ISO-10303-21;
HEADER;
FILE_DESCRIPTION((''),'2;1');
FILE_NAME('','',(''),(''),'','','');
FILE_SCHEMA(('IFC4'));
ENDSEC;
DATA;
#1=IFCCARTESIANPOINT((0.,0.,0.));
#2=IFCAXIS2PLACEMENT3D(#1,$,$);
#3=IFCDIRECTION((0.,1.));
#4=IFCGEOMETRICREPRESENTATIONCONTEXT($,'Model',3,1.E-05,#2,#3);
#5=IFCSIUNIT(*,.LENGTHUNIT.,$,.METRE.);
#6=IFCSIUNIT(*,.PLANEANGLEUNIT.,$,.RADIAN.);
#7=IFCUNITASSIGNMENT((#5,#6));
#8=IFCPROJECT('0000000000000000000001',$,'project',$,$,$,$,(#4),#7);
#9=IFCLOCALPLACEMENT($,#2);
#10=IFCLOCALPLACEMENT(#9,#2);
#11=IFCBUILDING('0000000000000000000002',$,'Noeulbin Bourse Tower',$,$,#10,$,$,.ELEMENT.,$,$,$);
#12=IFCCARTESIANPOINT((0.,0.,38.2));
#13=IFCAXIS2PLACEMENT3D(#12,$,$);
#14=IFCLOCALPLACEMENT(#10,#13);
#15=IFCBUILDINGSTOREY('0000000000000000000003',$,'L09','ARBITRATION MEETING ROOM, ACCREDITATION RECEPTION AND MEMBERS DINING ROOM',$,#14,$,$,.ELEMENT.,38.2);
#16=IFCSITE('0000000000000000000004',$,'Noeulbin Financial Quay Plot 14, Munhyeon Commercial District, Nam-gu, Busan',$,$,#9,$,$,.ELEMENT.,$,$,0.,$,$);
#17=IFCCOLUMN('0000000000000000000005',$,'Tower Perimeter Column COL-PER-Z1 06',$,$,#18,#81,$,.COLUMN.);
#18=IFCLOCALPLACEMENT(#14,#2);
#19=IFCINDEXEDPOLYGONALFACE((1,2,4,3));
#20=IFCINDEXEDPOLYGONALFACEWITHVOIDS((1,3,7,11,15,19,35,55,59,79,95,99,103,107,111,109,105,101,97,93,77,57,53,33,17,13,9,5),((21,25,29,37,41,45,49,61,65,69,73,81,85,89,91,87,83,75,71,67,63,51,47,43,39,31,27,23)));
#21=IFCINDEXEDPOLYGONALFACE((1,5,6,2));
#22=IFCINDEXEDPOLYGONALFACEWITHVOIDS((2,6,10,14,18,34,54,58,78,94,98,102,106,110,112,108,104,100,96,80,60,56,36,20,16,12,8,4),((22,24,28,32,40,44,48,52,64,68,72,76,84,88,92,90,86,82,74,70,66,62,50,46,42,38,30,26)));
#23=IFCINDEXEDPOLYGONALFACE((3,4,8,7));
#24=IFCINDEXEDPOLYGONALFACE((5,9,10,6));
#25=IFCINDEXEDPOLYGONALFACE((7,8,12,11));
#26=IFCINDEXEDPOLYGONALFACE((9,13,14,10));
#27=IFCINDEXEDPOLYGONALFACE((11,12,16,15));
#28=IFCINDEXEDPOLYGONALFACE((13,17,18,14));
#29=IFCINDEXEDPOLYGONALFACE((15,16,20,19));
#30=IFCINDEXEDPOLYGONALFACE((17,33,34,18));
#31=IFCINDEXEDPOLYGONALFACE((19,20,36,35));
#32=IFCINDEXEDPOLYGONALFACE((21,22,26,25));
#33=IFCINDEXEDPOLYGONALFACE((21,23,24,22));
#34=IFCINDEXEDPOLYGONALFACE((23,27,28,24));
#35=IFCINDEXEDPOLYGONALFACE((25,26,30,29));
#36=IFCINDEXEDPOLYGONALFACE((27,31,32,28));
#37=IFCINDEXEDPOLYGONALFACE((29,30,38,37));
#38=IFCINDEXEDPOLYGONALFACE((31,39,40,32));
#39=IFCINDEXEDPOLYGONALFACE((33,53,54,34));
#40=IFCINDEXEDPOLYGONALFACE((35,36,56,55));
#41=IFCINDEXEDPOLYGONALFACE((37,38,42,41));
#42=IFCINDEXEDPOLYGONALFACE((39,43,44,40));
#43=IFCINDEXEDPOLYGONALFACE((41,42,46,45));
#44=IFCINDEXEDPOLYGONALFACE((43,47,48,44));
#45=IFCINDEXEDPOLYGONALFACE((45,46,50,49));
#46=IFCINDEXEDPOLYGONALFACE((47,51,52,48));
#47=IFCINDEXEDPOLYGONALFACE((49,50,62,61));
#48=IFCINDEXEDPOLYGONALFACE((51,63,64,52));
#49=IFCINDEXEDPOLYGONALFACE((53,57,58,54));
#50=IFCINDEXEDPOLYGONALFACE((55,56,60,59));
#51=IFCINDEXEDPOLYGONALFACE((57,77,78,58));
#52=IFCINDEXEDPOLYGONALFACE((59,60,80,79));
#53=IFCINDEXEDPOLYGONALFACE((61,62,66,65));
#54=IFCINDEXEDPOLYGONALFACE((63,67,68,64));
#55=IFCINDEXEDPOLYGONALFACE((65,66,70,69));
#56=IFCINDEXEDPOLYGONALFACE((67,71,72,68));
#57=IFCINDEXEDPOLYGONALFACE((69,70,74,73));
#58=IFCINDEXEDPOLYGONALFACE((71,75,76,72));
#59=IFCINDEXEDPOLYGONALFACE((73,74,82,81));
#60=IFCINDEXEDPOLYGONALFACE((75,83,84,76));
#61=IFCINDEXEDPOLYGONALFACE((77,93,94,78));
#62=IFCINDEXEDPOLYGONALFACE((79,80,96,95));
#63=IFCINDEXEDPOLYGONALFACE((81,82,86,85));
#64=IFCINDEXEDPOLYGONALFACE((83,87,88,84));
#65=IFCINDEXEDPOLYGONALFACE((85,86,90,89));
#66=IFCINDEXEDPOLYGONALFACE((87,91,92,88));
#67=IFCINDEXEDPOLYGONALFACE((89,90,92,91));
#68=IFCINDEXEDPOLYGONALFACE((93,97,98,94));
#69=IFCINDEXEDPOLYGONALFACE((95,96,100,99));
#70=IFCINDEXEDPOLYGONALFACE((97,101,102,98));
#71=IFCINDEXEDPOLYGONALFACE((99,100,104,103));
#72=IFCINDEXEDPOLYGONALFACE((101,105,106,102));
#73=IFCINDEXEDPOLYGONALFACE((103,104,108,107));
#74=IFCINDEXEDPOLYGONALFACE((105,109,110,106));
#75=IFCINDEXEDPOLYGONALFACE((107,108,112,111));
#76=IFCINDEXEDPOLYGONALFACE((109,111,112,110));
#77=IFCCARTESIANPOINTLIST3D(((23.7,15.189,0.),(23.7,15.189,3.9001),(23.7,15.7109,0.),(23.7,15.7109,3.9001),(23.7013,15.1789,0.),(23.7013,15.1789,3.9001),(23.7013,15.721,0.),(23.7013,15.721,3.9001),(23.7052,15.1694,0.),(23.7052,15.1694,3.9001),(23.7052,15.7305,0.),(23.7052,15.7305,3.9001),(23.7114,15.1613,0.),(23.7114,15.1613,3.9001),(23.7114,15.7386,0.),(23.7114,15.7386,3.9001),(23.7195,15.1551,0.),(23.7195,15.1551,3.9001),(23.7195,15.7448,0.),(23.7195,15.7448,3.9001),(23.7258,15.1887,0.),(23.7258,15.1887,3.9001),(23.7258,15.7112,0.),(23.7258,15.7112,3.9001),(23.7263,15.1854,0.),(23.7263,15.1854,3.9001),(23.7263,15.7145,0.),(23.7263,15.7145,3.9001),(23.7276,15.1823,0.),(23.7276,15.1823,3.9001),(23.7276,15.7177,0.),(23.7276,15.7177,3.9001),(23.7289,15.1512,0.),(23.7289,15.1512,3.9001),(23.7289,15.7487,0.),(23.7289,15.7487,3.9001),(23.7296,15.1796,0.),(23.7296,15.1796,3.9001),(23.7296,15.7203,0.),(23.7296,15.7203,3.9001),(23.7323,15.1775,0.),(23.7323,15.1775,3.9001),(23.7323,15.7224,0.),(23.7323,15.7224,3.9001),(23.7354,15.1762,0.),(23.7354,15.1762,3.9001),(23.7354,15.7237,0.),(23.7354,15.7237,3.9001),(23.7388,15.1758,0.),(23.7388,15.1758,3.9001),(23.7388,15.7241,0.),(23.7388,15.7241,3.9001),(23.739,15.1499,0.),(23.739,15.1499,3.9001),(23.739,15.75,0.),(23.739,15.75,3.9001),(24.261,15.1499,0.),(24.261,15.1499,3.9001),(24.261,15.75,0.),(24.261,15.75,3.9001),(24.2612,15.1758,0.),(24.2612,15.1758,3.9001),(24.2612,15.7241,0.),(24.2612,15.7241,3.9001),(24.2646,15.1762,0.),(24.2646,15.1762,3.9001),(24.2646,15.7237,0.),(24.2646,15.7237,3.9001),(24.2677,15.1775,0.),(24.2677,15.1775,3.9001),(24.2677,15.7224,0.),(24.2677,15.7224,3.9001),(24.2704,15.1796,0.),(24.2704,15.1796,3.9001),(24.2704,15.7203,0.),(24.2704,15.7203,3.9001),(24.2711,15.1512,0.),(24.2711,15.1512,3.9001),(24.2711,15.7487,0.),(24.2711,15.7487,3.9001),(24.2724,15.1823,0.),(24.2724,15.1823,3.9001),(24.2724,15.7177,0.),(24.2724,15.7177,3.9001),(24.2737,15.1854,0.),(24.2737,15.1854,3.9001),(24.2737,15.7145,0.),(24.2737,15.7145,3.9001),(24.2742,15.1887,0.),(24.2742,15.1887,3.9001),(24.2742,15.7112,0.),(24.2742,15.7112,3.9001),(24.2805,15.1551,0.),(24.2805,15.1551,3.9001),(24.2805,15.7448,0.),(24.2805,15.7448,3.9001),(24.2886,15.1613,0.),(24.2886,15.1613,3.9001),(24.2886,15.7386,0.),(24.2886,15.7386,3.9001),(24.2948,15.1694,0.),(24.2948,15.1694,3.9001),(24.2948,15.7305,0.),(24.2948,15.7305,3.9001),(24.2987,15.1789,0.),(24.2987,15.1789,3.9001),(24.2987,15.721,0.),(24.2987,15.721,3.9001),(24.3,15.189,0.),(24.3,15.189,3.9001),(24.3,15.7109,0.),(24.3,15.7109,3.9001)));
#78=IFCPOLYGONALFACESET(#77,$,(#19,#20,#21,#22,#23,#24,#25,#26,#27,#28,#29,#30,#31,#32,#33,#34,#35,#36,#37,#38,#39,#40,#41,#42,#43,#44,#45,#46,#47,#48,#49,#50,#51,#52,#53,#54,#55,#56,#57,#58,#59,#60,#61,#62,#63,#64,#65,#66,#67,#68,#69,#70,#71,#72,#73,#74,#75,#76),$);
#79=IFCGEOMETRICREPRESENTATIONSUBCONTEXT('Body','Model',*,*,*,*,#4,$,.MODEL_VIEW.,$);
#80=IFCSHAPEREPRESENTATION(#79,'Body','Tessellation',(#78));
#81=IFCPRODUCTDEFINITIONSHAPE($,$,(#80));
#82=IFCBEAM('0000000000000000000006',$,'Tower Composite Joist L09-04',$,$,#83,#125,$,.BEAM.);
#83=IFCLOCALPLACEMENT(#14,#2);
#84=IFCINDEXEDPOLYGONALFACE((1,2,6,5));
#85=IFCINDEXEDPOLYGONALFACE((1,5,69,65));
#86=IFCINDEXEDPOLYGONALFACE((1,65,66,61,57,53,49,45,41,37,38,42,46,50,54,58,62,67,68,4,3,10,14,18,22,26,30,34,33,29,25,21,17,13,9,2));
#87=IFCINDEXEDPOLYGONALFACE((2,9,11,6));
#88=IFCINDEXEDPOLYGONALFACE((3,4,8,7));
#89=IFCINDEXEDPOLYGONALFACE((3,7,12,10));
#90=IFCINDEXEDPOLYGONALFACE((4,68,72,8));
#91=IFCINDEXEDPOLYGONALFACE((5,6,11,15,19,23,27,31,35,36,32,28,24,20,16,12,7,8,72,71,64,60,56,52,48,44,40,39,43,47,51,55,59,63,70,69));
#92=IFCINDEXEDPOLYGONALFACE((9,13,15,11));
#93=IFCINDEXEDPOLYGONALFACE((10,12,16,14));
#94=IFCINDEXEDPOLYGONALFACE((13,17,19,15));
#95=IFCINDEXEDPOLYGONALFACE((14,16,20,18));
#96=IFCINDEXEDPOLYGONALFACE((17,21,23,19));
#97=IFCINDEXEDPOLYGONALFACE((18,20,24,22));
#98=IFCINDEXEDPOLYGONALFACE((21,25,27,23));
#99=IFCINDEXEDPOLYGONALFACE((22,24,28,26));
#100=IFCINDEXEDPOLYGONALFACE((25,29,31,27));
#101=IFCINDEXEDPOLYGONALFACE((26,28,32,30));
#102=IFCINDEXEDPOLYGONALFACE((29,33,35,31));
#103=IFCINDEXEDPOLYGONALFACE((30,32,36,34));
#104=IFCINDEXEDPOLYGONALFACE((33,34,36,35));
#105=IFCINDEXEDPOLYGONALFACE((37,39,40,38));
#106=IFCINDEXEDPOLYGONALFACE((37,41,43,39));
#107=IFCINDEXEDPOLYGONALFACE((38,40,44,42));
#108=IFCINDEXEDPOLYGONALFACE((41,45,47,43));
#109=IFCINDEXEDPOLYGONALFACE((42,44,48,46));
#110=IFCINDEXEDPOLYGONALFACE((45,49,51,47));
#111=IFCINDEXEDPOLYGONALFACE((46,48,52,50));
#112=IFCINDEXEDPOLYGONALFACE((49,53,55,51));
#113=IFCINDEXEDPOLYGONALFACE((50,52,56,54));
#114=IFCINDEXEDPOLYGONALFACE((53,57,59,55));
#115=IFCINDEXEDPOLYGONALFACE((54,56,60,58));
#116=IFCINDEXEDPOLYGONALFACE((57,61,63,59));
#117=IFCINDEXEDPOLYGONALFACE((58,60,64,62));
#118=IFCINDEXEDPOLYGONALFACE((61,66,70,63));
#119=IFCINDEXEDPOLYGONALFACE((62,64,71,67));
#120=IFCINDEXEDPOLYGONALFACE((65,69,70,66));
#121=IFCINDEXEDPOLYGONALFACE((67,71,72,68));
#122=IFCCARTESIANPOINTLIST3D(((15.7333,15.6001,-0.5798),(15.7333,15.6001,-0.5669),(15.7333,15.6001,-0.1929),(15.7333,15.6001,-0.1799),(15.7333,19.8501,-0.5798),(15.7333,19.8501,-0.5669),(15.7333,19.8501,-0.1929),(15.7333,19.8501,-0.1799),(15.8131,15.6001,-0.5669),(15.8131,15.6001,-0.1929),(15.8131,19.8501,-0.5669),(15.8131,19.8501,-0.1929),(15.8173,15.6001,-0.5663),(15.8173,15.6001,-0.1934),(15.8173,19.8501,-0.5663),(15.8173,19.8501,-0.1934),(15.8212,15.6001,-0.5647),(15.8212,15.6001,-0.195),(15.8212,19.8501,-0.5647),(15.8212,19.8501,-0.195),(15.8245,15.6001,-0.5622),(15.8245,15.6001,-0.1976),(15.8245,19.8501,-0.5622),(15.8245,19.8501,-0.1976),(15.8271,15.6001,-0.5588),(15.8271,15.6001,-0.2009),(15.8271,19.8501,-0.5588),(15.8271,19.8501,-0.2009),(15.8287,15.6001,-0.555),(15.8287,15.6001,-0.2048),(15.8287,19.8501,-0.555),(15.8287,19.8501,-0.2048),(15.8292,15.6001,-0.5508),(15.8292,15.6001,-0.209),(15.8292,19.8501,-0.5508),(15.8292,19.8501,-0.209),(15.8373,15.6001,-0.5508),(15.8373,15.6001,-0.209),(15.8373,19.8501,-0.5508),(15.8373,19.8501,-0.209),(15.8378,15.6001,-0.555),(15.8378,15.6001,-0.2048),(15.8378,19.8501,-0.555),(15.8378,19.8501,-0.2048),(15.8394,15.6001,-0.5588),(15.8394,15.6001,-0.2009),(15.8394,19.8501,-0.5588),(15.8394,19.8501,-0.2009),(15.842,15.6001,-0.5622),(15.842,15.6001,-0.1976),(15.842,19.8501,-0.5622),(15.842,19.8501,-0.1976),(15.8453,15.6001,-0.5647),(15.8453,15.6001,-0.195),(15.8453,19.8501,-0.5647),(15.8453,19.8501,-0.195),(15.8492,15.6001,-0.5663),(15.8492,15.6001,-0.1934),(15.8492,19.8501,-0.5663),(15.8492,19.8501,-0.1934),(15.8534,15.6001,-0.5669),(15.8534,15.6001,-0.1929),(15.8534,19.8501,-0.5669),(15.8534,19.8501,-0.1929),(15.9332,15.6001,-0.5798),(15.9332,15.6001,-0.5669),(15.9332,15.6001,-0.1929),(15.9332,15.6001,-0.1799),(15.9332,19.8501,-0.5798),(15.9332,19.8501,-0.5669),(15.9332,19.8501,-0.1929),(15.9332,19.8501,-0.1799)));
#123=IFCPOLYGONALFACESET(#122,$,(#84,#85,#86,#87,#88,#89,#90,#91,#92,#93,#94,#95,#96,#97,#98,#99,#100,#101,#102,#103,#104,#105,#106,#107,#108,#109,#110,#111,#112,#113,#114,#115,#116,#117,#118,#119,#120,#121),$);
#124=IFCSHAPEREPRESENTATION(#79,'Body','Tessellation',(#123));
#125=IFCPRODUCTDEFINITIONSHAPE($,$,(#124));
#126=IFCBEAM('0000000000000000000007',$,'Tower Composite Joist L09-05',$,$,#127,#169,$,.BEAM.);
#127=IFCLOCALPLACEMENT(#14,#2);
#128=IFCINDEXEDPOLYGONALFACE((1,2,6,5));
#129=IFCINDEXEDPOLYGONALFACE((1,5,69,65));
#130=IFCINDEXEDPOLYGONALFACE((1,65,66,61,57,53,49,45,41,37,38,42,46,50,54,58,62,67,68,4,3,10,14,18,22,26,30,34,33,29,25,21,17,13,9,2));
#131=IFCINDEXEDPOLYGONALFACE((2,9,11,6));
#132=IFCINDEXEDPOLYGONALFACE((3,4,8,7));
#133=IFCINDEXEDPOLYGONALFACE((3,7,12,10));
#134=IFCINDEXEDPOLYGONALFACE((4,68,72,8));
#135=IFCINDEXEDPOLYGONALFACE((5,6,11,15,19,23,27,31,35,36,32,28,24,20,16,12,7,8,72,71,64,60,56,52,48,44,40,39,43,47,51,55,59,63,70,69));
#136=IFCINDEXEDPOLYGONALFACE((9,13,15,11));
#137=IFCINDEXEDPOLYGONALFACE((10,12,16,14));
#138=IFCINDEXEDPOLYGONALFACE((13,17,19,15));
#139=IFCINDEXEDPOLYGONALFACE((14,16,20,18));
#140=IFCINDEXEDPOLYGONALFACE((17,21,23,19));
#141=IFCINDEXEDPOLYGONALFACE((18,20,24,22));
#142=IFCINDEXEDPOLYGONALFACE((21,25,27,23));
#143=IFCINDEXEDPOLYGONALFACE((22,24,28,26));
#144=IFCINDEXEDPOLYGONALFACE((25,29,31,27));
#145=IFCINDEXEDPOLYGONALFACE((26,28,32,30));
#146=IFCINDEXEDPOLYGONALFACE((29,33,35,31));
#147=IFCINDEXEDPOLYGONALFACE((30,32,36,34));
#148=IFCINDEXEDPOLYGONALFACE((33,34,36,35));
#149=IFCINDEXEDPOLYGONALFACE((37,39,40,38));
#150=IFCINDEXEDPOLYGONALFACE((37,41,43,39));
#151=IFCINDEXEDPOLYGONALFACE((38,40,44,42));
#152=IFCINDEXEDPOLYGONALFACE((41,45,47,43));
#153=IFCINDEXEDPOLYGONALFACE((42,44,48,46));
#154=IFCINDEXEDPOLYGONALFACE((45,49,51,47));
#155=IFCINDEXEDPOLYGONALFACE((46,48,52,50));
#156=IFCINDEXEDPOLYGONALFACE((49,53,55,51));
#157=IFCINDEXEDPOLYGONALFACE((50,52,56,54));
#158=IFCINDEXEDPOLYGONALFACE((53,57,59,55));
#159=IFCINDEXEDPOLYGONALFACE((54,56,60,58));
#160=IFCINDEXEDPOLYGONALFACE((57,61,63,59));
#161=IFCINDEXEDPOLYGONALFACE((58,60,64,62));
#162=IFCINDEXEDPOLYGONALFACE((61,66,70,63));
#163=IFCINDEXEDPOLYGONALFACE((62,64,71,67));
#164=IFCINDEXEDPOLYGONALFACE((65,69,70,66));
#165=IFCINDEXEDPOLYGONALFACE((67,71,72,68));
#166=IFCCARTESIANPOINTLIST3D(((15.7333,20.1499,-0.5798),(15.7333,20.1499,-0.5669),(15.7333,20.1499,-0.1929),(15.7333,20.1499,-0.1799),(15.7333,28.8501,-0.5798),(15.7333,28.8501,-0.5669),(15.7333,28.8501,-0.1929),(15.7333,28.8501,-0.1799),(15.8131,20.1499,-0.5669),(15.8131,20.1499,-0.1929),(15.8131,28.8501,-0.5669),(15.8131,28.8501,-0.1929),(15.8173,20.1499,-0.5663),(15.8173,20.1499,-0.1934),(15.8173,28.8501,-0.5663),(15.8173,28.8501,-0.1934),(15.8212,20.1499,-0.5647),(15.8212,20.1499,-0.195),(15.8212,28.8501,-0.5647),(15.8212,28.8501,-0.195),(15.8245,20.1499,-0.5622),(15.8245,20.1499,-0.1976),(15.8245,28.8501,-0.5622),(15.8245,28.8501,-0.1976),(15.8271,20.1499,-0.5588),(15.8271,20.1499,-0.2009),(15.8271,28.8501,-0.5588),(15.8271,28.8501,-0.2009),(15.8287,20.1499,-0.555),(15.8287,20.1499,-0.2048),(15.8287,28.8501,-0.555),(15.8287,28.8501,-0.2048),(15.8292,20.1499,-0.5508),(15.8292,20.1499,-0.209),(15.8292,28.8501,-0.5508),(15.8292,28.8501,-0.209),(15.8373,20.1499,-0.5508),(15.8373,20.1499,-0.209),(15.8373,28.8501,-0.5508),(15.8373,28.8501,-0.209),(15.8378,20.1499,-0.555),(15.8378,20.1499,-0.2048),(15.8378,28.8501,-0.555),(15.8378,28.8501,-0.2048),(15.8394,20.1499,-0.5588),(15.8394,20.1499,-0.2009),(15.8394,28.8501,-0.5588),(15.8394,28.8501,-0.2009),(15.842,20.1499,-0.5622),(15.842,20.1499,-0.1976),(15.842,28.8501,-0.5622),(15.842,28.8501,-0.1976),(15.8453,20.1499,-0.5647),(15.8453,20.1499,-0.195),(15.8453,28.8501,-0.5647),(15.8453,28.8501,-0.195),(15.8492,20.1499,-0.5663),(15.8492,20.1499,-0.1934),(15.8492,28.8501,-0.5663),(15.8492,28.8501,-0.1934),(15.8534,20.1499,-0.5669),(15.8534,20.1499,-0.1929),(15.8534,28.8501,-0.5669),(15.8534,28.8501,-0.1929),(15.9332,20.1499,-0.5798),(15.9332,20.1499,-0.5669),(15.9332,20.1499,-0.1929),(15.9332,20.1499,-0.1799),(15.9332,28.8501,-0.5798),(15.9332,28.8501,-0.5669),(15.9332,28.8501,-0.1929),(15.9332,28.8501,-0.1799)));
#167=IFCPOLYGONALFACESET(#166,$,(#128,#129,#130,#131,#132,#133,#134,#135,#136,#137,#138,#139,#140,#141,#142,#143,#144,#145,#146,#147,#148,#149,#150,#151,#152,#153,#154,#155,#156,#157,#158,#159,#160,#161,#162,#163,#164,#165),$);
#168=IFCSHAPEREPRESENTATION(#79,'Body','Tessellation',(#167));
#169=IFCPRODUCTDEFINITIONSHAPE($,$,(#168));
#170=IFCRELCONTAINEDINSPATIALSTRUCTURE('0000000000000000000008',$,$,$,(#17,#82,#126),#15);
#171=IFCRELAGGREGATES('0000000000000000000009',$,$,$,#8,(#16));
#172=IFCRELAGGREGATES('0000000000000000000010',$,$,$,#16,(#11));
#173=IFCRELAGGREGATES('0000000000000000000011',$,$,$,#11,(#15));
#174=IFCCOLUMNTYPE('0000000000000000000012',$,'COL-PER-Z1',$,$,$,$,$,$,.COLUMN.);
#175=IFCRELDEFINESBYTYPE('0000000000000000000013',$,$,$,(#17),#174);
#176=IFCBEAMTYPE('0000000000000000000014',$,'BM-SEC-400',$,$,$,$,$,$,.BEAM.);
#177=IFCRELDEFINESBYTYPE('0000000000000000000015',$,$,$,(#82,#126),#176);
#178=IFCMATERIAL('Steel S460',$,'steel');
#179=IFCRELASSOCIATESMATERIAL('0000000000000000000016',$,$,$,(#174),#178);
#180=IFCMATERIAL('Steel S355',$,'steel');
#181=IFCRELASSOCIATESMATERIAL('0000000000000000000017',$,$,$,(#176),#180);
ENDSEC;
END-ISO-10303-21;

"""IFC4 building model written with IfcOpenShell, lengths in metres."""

from ifc_helpers import new_model, si_unit, direction, frame, origin, origin_2d, place, context, subcontext, project, spatial, hollow_rectangle, i_section, extrude, material, material_profile, profile_set, type_object, element, save


model = new_model("IFC4")

# Units and contexts
model_context = context("Model", 3, precision=1e-05, world=origin(), true_north=direction((0.0, 1.0)))
body_context = subcontext(model_context, "Body", "Model", "MODEL_VIEW")
ifc_project = project(units=[si_unit("LENGTHUNIT", "METRE"), si_unit("PLANEANGLEUNIT", "RADIAN")], contexts=[model_context])

# Site, building, storey
site_placement = place(None, origin())
site = spatial("IfcSite", under=ifc_project, at=site_placement, Name="Noeulbin Financial Quay Plot 14, Munhyeon Commercial District, Nam-gu, Busan", CompositionType="ELEMENT", RefElevation=0.0)
building_placement = place(site_placement, origin())
building = spatial("IfcBuilding", under=site, at=building_placement, Name="Noeulbin Bourse Tower", CompositionType="ELEMENT")
storey_placement = place(building_placement, frame((0.0, 0.0, 38.2)))
storey = spatial("IfcBuildingStorey", under=building, at=storey_placement, Name="L09", Description="ARBITRATION MEETING ROOM, ACCREDITATION RECEPTION AND MEMBERS DINING ROOM", CompositionType="ELEMENT", Elevation=38.2)

# Column
ifc_material_1 = material(Name="Steel S460", Category="steel")
ifc_material_profile_1 = material_profile(ifc_material_1, hollow_rectangle(XDim=0.6001, YDim=0.6001, WallThickness=0.0259, InnerFilletRadius=0.0129, OuterFilletRadius=0.0391, at=origin_2d()), Name="BOX-600x600x26", Category="LoadBearing")
ifc_profile_set_1 = profile_set([ifc_material_profile_1], Name="Steel S460")
column_type = type_object("IfcColumnType", Name="COL-PER-Z1", PredefinedType="COLUMN", material=ifc_profile_set_1)
column_placement = place(storey_placement, frame((24.0, 15.45, 0.0), z_axis=(0.0, 0.0, 1.0), x_axis=(1.0, 0.0, 0.0)))
element("IfcColumn", 1, at=column_placement, inside=storey, type_object=column_type, Name="Tower Perimeter Column COL-PER-Z1 06", PredefinedType="COLUMN", context=body_context, shape_type="SweptSolid", body=[
    extrude(hollow_rectangle(XDim=0.6001, YDim=0.6001, WallThickness=0.0259, InnerFilletRadius=0.0129, OuterFilletRadius=0.0391, at=origin_2d()), origin(), (0.0, 0.0, 1.0), 3.9001),
])

# Beams
ifc_material_2 = material(Name="Steel S355", Category="steel")
ifc_material_profile_2 = material_profile(ifc_material_2, i_section(OverallWidth=0.2, OverallDepth=0.3999, WebThickness=0.0081, FlangeThickness=0.0129, FilletRadius=0.0161, at=origin_2d()), Name="H-400x200x8x13", Category="LoadBearing")
ifc_profile_set_2 = profile_set([ifc_material_profile_2], Name="Steel S355")
beam_type = type_object("IfcBeamType", Name="BM-SEC-400", PredefinedType="BEAM", material=ifc_profile_set_2)
beam_1_placement = place(storey_placement, frame((15.8333, 15.6001, -0.3799), z_axis=(0.0, 1.0, 0.0), x_axis=(-1.0, 0.0, 0.0)))
element("IfcBeam", 2, at=beam_1_placement, inside=storey, type_object=beam_type, Name="Tower Composite Joist L09-04", PredefinedType="BEAM", context=body_context, shape_type="SweptSolid", body=[
    extrude(i_section(OverallWidth=0.2, OverallDepth=0.3999, WebThickness=0.0081, FlangeThickness=0.0129, FilletRadius=0.0161, at=origin_2d()), origin(), (0.0, 0.0, 1.0), 4.25),
])
beam_2_placement = place(storey_placement, frame((15.8333, 20.1499, -0.3799), z_axis=(0.0, 1.0, 0.0), x_axis=(-1.0, 0.0, 0.0)))
element("IfcBeam", 3, at=beam_2_placement, inside=storey, type_object=beam_type, Name="Tower Composite Joist L09-05", PredefinedType="BEAM", context=body_context, shape_type="SweptSolid", body=[
    extrude(i_section(OverallWidth=0.2, OverallDepth=0.3999, WebThickness=0.0081, FlangeThickness=0.0129, FilletRadius=0.0161, at=origin_2d()), origin(), (0.0, 0.0, 1.0), 8.7002),
])

save(model, "model.ifc")
